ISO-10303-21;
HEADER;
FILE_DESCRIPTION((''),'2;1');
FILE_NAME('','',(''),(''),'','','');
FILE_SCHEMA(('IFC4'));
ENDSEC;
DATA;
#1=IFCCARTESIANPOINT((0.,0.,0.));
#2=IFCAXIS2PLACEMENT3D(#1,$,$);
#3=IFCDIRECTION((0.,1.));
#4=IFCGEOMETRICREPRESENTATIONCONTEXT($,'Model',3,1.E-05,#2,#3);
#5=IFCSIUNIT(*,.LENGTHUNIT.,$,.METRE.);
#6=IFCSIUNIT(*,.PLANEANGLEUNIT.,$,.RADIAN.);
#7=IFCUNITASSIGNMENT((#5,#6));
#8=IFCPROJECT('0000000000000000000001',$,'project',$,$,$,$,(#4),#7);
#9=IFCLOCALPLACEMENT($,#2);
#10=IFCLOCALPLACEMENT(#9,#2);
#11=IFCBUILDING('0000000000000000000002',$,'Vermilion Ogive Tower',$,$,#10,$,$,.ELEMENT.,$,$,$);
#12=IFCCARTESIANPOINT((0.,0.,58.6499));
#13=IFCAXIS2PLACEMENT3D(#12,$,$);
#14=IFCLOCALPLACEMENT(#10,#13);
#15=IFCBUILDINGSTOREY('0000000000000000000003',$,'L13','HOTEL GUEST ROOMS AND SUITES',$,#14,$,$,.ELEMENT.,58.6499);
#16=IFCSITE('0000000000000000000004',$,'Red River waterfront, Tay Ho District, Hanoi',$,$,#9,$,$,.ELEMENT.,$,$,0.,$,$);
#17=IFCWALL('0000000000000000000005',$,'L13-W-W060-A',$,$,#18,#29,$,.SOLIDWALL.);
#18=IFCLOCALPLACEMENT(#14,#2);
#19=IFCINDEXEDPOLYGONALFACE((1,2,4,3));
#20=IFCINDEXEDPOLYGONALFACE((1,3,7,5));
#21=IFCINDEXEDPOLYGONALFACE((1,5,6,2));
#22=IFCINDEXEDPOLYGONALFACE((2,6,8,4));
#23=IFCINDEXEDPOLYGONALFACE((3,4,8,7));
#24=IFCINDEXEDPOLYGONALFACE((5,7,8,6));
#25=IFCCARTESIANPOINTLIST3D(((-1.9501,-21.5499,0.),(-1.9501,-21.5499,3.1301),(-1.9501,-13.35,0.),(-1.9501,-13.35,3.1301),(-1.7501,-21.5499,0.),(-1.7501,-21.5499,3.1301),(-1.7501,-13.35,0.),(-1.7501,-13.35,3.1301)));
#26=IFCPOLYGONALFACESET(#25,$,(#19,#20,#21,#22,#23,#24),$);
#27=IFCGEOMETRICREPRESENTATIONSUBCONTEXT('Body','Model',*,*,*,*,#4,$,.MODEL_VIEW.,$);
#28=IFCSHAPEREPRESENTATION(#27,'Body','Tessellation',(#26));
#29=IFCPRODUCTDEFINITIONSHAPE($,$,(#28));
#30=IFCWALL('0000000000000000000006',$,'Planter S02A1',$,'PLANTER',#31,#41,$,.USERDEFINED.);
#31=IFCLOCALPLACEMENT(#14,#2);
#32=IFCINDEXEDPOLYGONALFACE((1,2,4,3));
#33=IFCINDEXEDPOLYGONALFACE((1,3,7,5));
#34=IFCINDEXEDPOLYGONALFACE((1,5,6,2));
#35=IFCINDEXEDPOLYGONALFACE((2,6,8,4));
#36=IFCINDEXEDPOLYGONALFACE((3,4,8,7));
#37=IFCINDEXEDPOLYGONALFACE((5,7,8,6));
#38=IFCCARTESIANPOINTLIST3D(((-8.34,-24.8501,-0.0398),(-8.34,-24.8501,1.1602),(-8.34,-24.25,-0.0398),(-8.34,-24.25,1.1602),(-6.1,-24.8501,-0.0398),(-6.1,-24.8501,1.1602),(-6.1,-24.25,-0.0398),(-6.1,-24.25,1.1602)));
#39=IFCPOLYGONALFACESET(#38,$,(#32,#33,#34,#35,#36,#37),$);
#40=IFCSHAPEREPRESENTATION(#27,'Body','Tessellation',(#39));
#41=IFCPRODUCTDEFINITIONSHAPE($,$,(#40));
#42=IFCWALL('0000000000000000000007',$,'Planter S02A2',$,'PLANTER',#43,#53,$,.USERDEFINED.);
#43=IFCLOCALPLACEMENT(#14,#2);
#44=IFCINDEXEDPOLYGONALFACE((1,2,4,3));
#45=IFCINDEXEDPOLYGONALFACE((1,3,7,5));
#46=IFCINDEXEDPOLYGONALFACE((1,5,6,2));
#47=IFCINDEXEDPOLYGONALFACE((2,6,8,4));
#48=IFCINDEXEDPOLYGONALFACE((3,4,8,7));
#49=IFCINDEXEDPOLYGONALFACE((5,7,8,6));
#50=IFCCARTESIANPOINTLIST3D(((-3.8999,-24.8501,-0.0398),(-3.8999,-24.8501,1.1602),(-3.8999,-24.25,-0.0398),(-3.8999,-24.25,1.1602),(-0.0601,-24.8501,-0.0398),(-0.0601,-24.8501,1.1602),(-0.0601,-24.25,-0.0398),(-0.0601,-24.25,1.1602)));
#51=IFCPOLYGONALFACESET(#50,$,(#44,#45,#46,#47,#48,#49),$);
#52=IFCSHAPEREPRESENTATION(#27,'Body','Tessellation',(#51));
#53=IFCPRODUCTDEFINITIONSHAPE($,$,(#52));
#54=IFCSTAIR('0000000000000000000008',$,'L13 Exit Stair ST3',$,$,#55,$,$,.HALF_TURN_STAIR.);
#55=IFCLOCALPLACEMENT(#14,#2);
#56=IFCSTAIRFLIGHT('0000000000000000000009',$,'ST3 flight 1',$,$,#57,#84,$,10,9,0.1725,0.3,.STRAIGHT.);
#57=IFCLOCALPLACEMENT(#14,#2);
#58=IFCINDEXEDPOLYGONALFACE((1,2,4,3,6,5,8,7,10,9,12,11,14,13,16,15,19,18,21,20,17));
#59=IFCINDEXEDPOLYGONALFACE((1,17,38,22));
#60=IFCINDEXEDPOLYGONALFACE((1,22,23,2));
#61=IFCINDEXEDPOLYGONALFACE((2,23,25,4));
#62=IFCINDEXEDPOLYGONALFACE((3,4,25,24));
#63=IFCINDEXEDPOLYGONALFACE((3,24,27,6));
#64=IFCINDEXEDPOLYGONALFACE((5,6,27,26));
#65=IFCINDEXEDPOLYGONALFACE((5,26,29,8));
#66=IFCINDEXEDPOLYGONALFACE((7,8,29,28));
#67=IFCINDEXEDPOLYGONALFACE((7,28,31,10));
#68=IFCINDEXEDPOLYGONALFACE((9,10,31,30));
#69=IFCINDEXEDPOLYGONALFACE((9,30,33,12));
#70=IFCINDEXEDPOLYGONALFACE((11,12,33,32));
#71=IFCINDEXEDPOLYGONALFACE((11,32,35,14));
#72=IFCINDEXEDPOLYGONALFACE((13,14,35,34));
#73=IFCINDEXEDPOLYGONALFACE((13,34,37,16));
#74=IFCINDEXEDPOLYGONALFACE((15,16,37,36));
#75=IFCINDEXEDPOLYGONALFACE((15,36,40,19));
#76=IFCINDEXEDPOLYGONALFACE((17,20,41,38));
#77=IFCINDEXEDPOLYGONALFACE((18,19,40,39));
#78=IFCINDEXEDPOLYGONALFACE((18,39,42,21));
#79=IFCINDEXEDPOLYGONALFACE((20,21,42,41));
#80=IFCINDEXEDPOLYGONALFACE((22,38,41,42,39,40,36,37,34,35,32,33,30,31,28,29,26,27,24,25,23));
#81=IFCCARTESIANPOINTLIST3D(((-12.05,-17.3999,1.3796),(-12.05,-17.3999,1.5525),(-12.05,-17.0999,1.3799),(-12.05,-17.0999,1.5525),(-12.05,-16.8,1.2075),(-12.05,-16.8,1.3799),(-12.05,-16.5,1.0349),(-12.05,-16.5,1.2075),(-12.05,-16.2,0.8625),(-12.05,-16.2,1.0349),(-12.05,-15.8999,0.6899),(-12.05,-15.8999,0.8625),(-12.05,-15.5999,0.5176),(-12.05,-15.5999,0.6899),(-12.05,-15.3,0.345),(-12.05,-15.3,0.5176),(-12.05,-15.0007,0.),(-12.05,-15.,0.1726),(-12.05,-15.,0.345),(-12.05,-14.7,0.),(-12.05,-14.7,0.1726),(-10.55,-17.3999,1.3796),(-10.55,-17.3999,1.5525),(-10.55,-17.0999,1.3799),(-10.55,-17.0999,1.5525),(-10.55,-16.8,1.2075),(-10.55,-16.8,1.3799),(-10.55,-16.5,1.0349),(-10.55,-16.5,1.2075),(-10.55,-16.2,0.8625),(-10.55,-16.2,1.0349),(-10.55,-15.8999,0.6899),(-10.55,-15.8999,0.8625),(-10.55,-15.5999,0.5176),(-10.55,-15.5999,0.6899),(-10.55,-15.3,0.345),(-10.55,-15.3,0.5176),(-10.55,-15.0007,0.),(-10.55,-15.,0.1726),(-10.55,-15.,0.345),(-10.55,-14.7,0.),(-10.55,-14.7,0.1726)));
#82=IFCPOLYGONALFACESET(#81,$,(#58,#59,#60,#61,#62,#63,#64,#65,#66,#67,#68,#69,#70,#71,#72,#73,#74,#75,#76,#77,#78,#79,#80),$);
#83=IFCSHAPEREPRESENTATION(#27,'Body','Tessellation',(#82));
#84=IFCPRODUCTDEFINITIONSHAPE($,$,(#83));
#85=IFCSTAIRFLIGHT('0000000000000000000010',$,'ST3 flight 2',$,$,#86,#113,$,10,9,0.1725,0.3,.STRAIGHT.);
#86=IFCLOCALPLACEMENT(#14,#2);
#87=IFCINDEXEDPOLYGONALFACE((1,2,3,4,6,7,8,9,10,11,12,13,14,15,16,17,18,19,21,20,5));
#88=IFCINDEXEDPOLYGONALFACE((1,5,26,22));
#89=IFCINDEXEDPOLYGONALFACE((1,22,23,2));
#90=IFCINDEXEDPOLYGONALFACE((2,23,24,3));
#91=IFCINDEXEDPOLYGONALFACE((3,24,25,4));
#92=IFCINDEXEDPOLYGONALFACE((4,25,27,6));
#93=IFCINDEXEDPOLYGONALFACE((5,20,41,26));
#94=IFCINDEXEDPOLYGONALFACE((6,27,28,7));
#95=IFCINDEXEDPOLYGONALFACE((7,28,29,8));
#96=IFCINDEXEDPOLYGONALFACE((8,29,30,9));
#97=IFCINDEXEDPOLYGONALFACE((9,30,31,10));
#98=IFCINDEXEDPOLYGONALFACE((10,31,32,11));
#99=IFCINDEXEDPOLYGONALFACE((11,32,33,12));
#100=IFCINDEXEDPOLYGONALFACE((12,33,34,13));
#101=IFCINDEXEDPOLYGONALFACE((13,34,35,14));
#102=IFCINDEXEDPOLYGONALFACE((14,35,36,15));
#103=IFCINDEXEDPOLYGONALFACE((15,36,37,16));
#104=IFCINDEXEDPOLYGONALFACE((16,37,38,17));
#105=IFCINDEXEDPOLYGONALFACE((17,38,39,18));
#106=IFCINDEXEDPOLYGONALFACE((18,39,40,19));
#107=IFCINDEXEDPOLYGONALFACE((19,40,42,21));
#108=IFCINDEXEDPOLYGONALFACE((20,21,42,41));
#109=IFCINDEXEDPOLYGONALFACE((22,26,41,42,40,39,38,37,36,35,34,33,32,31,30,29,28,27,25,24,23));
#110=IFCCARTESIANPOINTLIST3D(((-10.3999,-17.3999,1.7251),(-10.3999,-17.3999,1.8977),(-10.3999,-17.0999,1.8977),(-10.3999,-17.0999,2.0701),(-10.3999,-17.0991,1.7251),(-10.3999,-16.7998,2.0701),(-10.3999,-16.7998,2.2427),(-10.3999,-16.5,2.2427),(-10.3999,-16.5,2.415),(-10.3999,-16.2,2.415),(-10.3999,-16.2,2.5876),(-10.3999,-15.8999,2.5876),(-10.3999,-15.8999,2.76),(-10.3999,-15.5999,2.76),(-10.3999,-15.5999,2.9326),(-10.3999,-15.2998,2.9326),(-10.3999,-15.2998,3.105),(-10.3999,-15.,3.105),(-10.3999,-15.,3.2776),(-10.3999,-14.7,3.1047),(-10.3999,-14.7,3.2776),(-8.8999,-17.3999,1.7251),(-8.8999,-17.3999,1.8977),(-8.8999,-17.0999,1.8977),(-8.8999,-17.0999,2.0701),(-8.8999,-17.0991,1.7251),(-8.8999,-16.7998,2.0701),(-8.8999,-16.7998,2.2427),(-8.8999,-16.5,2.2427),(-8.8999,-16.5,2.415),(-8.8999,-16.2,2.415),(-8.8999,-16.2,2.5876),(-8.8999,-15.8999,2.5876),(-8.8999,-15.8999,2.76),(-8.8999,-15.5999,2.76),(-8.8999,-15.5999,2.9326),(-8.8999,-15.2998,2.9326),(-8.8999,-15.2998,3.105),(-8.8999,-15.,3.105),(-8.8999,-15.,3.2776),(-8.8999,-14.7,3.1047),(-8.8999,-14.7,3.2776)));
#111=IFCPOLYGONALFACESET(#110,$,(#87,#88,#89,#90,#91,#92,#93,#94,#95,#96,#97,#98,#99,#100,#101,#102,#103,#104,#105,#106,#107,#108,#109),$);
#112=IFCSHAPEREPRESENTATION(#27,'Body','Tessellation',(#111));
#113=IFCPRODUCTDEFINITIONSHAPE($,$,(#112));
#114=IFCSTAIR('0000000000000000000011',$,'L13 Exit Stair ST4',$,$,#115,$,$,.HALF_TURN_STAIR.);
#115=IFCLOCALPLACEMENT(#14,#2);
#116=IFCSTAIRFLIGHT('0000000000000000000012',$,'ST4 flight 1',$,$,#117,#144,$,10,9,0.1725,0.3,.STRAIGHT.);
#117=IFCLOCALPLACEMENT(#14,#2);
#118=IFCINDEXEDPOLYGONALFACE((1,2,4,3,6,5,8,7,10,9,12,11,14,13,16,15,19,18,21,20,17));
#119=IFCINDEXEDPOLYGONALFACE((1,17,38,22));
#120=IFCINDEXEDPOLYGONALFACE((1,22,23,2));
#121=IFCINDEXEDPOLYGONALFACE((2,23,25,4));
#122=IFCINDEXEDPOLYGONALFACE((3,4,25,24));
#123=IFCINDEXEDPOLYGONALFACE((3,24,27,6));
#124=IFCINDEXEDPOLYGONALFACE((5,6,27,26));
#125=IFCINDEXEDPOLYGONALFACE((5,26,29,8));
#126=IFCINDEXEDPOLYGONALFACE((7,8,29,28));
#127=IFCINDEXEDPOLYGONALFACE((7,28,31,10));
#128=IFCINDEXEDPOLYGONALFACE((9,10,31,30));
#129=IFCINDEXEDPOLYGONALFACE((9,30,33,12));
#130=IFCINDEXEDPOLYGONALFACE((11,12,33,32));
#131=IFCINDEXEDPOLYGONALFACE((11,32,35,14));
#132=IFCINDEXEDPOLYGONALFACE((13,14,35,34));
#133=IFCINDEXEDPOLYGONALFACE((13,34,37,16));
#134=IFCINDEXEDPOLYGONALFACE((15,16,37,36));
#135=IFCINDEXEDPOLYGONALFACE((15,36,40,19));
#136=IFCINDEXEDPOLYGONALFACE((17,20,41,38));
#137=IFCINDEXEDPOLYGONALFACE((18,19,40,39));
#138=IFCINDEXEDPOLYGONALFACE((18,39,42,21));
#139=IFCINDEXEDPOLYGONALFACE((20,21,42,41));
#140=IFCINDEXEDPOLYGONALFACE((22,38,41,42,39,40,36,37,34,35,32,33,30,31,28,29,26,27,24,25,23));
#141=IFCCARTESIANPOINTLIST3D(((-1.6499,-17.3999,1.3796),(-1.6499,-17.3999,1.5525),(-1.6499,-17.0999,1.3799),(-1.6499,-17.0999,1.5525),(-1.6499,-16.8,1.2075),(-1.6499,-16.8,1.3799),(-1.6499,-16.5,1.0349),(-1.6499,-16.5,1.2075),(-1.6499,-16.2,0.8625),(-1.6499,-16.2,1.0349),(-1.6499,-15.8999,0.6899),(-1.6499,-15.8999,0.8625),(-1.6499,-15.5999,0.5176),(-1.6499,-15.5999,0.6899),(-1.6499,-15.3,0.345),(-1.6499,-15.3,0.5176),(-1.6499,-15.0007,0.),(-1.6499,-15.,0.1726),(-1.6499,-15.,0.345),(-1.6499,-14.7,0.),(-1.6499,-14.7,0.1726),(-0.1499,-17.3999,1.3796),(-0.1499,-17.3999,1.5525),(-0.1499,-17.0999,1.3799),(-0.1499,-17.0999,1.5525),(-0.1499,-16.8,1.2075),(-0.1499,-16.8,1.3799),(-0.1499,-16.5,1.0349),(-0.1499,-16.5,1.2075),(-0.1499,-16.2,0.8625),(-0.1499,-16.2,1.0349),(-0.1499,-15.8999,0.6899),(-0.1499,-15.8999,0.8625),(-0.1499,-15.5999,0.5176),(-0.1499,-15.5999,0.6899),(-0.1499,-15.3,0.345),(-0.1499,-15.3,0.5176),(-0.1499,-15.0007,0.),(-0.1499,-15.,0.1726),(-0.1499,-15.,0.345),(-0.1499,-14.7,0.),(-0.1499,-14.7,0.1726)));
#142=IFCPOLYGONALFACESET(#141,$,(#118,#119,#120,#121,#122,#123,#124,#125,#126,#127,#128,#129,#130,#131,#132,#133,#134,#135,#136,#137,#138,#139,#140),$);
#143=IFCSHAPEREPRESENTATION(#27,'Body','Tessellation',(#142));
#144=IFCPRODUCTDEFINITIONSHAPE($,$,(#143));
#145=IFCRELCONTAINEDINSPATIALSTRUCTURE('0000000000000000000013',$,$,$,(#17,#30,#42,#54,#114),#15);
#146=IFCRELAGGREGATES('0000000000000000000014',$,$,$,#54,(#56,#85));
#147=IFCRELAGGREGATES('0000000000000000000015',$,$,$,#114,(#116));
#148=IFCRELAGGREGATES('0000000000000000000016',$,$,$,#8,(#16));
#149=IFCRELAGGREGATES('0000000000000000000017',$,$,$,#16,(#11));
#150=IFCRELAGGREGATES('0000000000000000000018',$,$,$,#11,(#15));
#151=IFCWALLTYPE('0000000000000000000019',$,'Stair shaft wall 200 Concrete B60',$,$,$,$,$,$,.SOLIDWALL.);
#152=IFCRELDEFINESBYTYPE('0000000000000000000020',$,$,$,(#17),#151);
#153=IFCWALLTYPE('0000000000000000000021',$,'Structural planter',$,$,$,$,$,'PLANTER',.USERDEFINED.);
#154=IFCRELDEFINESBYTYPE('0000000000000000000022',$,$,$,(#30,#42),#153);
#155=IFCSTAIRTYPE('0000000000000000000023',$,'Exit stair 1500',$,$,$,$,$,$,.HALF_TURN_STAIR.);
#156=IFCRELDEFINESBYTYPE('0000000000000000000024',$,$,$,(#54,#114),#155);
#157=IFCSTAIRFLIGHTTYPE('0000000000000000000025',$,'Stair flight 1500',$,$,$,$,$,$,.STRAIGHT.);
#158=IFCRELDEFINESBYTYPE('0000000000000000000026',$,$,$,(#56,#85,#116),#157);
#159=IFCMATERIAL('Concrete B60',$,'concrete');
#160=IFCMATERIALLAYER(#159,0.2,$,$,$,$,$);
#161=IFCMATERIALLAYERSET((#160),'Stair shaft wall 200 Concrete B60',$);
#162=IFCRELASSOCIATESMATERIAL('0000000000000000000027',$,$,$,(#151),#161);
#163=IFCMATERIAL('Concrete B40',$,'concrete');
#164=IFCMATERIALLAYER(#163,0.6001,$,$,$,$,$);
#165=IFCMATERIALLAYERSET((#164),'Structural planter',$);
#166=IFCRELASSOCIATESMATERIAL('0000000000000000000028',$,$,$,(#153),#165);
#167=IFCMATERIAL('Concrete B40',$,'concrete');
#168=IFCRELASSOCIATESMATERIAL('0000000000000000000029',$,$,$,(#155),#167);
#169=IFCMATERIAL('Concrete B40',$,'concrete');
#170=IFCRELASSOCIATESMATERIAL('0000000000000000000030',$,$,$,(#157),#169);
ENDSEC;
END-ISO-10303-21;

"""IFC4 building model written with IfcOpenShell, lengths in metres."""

from ifc_helpers import new_model, si_unit, direction, frame, frame_2d, origin, place, context, subcontext, project, spatial, polyline, rectangle, outline, extrude, material, layer, layer_set, type_object, element, aggregate, save


model = new_model("IFC4")

# Units and contexts
model_context = context("Model", 3, precision=1e-05, world=origin(), true_north=direction((0.0, 1.0)))
body_context = subcontext(model_context, "Body", "Model", "MODEL_VIEW")
ifc_project = project(units=[si_unit("LENGTHUNIT", "METRE"), si_unit("PLANEANGLEUNIT", "RADIAN")], contexts=[model_context])

# Site, building, storey
site_placement = place(None, origin())
site = spatial("IfcSite", under=ifc_project, at=site_placement, Name="Red River waterfront, Tay Ho District, Hanoi", CompositionType="ELEMENT", RefElevation=0.0)
building_placement = place(site_placement, origin())
building = spatial("IfcBuilding", under=site, at=building_placement, Name="Vermilion Ogive Tower", CompositionType="ELEMENT")
storey_placement = place(building_placement, frame((0.0, 0.0, 58.6499)))
storey = spatial("IfcBuildingStorey", under=building, at=storey_placement, Name="L13", Description="HOTEL GUEST ROOMS AND SUITES", CompositionType="ELEMENT", Elevation=58.6499)

# Walls
ifc_material_1 = material(Name="Concrete B60", Category="concrete")
ifc_layer_1 = layer(ifc_material_1, 0.2)
ifc_layer_set_1 = layer_set([ifc_layer_1], Name="Stair shaft wall 200 Concrete B60")
wall_type_1 = type_object("IfcWallType", Name="Stair shaft wall 200 Concrete B60", PredefinedType="SOLIDWALL", material=ifc_layer_set_1)
wall_1_placement = place(storey_placement, frame((-1.8501, -21.55, 0.0), z_axis=(0.0, 0.0, 1.0), x_axis=(0.0, 1.0, 0.0)))
element("IfcWall", 1, at=wall_1_placement, inside=storey, type_object=wall_type_1, Name="L13-W-W060-A", PredefinedType="SOLIDWALL", context=body_context, shape_type="SweptSolid", body=[
    extrude(rectangle(XDim=8.2, YDim=0.2, at=frame_2d((4.1001, 0.0))), origin(), (0.0, 0.0, 1.0), 3.1301),
])
ifc_material_2 = material(Name="Concrete B40", Category="concrete")
ifc_layer_2 = layer(ifc_material_2, 0.6001)
ifc_layer_set_2 = layer_set([ifc_layer_2], Name="Structural planter")
wall_type_2 = type_object("IfcWallType", Name="Structural planter", ElementType="PLANTER", PredefinedType="USERDEFINED", material=ifc_layer_set_2)
wall_2_placement = place(storey_placement, frame((-8.3401, -24.55, -0.0398), z_axis=(0.0, 0.0, 1.0), x_axis=(1.0, 0.0, 0.0)))
element("IfcWall", 2, at=wall_2_placement, inside=storey, type_object=wall_type_2, Name="Planter S02A1", ObjectType="PLANTER", PredefinedType="USERDEFINED", context=body_context, shape_type="SweptSolid", body=[
    extrude(rectangle(XDim=2.24, YDim=0.6001, at=frame_2d((1.1201, 0.0))), origin(), (0.0, 0.0, 1.0), 1.2),
])
wall_3_placement = place(storey_placement, frame((-3.8999, -24.55, -0.0398), z_axis=(0.0, 0.0, 1.0), x_axis=(1.0, 0.0, 0.0)))
element("IfcWall", 3, at=wall_3_placement, inside=storey, type_object=wall_type_2, Name="Planter S02A2", ObjectType="PLANTER", PredefinedType="USERDEFINED", context=body_context, shape_type="SweptSolid", body=[
    extrude(rectangle(XDim=3.8398, YDim=0.6001, at=frame_2d((1.9199, 0.0))), origin(), (0.0, 0.0, 1.0), 1.2),
])

# Stair, stair flights
ifc_material_3 = material(Name="Concrete B40", Category="concrete")
stair_type = type_object("IfcStairType", Name="Exit stair 1500", PredefinedType="HALF_TURN_STAIR", material=ifc_material_3)
stair_1_placement = place(storey_placement, origin())
stair_1 = element("IfcStair", 4, at=stair_1_placement, inside=storey, type_object=stair_type, Name="L13 Exit Stair ST3", PredefinedType="HALF_TURN_STAIR")
ifc_material_4 = material(Name="Concrete B40", Category="concrete")
stair_flight_type = type_object("IfcStairFlightType", Name="Stair flight 1500", PredefinedType="STRAIGHT", material=ifc_material_4)
stair_flight_1_placement = place(storey_placement, frame((-11.3, -14.7, 0.0), z_axis=(0.0, 0.0, 1.0), x_axis=(0.0, -1.0, 0.0)))
stair_flight_1 = element("IfcStairFlight", 5, at=stair_flight_1_placement, type_object=stair_flight_type, Name="ST3 flight 1", NumberOfRisers=10, NumberOfTreads=9, PredefinedType="STRAIGHT", RiserHeight=0.1725, TreadLength=0.3, context=body_context, shape_type="SweptSolid", body=[
    extrude(outline(polyline([(0.0, 0.0), (0.0, 0.1726), (0.3, 0.1726), (0.3, 0.345), (0.6001, 0.345), (0.6001, 0.5176), (0.8999, 0.5176), (0.8999, 0.6899), (1.2, 0.6899), (1.2, 0.8625), (1.5, 0.8625), (1.5, 1.0349), (1.8, 1.0349), (1.8, 1.2075), (2.1001, 1.2075), (2.1001, 1.3799), (2.3999, 1.3799), (2.3999, 1.5525), (2.7, 1.5525), (2.7, 1.7251), (2.7, 1.3796), (0.3008, 0.0), (0.0, 0.0)])), frame((0.0, 0.75, 0.0), z_axis=(0.0, -1.0, 0.0), x_axis=(1.0, 0.0, 0.0)), (0.0, 0.0, 1.0), 1.5),
])
stair_flight_2_placement = place(storey_placement, frame((-9.6499, -17.3999, 1.7251), z_axis=(0.0, 0.0, 1.0), x_axis=(0.0, 1.0, 0.0)))
stair_flight_2 = element("IfcStairFlight", 6, at=stair_flight_2_placement, type_object=stair_flight_type, Name="ST3 flight 2", NumberOfRisers=10, NumberOfTreads=9, PredefinedType="STRAIGHT", RiserHeight=0.1725, TreadLength=0.3, context=body_context, shape_type="SweptSolid", body=[
    extrude(outline(polyline([(0.0, 0.0), (0.0, 0.1726), (0.3, 0.1726), (0.3, 0.345), (0.6001, 0.345), (0.6001, 0.5176), (0.8999, 0.5176), (0.8999, 0.6899), (1.2, 0.6899), (1.2, 0.8625), (1.5, 0.8625), (1.5, 1.0349), (1.8, 1.0349), (1.8, 1.2075), (2.1001, 1.2075), (2.1001, 1.3799), (2.3999, 1.3799), (2.3999, 1.5525), (2.7, 1.5525), (2.7, 1.7251), (2.7, 1.3796), (0.3008, 0.0), (0.0, 0.0)])), frame((0.0, 0.75, 0.0), z_axis=(0.0, -1.0, 0.0), x_axis=(1.0, 0.0, 0.0)), (0.0, 0.0, 1.0), 1.5),
])
aggregate(stair_1, [stair_flight_1, stair_flight_2])

# Stair, stair flight
stair_2_placement = place(storey_placement, origin())
stair_2 = element("IfcStair", 7, at=stair_2_placement, inside=storey, type_object=stair_type, Name="L13 Exit Stair ST4", PredefinedType="HALF_TURN_STAIR")
stair_flight_3_placement = place(storey_placement, frame((-0.8999, -14.7, 0.0), z_axis=(0.0, 0.0, 1.0), x_axis=(0.0, -1.0, 0.0)))
stair_flight_3 = element("IfcStairFlight", 8, at=stair_flight_3_placement, type_object=stair_flight_type, Name="ST4 flight 1", NumberOfRisers=10, NumberOfTreads=9, PredefinedType="STRAIGHT", RiserHeight=0.1725, TreadLength=0.3, context=body_context, shape_type="SweptSolid", body=[
    extrude(outline(polyline([(0.0, 0.0), (0.0, 0.1726), (0.3, 0.1726), (0.3, 0.345), (0.6001, 0.345), (0.6001, 0.5176), (0.8999, 0.5176), (0.8999, 0.6899), (1.2, 0.6899), (1.2, 0.8625), (1.5, 0.8625), (1.5, 1.0349), (1.8, 1.0349), (1.8, 1.2075), (2.1001, 1.2075), (2.1001, 1.3799), (2.3999, 1.3799), (2.3999, 1.5525), (2.7, 1.5525), (2.7, 1.7251), (2.7, 1.3796), (0.3008, 0.0), (0.0, 0.0)])), frame((0.0, 0.75, 0.0), z_axis=(0.0, -1.0, 0.0), x_axis=(1.0, 0.0, 0.0)), (0.0, 0.0, 1.0), 1.5),
])
aggregate(stair_2, [stair_flight_3])

save(model, "model.ifc")
